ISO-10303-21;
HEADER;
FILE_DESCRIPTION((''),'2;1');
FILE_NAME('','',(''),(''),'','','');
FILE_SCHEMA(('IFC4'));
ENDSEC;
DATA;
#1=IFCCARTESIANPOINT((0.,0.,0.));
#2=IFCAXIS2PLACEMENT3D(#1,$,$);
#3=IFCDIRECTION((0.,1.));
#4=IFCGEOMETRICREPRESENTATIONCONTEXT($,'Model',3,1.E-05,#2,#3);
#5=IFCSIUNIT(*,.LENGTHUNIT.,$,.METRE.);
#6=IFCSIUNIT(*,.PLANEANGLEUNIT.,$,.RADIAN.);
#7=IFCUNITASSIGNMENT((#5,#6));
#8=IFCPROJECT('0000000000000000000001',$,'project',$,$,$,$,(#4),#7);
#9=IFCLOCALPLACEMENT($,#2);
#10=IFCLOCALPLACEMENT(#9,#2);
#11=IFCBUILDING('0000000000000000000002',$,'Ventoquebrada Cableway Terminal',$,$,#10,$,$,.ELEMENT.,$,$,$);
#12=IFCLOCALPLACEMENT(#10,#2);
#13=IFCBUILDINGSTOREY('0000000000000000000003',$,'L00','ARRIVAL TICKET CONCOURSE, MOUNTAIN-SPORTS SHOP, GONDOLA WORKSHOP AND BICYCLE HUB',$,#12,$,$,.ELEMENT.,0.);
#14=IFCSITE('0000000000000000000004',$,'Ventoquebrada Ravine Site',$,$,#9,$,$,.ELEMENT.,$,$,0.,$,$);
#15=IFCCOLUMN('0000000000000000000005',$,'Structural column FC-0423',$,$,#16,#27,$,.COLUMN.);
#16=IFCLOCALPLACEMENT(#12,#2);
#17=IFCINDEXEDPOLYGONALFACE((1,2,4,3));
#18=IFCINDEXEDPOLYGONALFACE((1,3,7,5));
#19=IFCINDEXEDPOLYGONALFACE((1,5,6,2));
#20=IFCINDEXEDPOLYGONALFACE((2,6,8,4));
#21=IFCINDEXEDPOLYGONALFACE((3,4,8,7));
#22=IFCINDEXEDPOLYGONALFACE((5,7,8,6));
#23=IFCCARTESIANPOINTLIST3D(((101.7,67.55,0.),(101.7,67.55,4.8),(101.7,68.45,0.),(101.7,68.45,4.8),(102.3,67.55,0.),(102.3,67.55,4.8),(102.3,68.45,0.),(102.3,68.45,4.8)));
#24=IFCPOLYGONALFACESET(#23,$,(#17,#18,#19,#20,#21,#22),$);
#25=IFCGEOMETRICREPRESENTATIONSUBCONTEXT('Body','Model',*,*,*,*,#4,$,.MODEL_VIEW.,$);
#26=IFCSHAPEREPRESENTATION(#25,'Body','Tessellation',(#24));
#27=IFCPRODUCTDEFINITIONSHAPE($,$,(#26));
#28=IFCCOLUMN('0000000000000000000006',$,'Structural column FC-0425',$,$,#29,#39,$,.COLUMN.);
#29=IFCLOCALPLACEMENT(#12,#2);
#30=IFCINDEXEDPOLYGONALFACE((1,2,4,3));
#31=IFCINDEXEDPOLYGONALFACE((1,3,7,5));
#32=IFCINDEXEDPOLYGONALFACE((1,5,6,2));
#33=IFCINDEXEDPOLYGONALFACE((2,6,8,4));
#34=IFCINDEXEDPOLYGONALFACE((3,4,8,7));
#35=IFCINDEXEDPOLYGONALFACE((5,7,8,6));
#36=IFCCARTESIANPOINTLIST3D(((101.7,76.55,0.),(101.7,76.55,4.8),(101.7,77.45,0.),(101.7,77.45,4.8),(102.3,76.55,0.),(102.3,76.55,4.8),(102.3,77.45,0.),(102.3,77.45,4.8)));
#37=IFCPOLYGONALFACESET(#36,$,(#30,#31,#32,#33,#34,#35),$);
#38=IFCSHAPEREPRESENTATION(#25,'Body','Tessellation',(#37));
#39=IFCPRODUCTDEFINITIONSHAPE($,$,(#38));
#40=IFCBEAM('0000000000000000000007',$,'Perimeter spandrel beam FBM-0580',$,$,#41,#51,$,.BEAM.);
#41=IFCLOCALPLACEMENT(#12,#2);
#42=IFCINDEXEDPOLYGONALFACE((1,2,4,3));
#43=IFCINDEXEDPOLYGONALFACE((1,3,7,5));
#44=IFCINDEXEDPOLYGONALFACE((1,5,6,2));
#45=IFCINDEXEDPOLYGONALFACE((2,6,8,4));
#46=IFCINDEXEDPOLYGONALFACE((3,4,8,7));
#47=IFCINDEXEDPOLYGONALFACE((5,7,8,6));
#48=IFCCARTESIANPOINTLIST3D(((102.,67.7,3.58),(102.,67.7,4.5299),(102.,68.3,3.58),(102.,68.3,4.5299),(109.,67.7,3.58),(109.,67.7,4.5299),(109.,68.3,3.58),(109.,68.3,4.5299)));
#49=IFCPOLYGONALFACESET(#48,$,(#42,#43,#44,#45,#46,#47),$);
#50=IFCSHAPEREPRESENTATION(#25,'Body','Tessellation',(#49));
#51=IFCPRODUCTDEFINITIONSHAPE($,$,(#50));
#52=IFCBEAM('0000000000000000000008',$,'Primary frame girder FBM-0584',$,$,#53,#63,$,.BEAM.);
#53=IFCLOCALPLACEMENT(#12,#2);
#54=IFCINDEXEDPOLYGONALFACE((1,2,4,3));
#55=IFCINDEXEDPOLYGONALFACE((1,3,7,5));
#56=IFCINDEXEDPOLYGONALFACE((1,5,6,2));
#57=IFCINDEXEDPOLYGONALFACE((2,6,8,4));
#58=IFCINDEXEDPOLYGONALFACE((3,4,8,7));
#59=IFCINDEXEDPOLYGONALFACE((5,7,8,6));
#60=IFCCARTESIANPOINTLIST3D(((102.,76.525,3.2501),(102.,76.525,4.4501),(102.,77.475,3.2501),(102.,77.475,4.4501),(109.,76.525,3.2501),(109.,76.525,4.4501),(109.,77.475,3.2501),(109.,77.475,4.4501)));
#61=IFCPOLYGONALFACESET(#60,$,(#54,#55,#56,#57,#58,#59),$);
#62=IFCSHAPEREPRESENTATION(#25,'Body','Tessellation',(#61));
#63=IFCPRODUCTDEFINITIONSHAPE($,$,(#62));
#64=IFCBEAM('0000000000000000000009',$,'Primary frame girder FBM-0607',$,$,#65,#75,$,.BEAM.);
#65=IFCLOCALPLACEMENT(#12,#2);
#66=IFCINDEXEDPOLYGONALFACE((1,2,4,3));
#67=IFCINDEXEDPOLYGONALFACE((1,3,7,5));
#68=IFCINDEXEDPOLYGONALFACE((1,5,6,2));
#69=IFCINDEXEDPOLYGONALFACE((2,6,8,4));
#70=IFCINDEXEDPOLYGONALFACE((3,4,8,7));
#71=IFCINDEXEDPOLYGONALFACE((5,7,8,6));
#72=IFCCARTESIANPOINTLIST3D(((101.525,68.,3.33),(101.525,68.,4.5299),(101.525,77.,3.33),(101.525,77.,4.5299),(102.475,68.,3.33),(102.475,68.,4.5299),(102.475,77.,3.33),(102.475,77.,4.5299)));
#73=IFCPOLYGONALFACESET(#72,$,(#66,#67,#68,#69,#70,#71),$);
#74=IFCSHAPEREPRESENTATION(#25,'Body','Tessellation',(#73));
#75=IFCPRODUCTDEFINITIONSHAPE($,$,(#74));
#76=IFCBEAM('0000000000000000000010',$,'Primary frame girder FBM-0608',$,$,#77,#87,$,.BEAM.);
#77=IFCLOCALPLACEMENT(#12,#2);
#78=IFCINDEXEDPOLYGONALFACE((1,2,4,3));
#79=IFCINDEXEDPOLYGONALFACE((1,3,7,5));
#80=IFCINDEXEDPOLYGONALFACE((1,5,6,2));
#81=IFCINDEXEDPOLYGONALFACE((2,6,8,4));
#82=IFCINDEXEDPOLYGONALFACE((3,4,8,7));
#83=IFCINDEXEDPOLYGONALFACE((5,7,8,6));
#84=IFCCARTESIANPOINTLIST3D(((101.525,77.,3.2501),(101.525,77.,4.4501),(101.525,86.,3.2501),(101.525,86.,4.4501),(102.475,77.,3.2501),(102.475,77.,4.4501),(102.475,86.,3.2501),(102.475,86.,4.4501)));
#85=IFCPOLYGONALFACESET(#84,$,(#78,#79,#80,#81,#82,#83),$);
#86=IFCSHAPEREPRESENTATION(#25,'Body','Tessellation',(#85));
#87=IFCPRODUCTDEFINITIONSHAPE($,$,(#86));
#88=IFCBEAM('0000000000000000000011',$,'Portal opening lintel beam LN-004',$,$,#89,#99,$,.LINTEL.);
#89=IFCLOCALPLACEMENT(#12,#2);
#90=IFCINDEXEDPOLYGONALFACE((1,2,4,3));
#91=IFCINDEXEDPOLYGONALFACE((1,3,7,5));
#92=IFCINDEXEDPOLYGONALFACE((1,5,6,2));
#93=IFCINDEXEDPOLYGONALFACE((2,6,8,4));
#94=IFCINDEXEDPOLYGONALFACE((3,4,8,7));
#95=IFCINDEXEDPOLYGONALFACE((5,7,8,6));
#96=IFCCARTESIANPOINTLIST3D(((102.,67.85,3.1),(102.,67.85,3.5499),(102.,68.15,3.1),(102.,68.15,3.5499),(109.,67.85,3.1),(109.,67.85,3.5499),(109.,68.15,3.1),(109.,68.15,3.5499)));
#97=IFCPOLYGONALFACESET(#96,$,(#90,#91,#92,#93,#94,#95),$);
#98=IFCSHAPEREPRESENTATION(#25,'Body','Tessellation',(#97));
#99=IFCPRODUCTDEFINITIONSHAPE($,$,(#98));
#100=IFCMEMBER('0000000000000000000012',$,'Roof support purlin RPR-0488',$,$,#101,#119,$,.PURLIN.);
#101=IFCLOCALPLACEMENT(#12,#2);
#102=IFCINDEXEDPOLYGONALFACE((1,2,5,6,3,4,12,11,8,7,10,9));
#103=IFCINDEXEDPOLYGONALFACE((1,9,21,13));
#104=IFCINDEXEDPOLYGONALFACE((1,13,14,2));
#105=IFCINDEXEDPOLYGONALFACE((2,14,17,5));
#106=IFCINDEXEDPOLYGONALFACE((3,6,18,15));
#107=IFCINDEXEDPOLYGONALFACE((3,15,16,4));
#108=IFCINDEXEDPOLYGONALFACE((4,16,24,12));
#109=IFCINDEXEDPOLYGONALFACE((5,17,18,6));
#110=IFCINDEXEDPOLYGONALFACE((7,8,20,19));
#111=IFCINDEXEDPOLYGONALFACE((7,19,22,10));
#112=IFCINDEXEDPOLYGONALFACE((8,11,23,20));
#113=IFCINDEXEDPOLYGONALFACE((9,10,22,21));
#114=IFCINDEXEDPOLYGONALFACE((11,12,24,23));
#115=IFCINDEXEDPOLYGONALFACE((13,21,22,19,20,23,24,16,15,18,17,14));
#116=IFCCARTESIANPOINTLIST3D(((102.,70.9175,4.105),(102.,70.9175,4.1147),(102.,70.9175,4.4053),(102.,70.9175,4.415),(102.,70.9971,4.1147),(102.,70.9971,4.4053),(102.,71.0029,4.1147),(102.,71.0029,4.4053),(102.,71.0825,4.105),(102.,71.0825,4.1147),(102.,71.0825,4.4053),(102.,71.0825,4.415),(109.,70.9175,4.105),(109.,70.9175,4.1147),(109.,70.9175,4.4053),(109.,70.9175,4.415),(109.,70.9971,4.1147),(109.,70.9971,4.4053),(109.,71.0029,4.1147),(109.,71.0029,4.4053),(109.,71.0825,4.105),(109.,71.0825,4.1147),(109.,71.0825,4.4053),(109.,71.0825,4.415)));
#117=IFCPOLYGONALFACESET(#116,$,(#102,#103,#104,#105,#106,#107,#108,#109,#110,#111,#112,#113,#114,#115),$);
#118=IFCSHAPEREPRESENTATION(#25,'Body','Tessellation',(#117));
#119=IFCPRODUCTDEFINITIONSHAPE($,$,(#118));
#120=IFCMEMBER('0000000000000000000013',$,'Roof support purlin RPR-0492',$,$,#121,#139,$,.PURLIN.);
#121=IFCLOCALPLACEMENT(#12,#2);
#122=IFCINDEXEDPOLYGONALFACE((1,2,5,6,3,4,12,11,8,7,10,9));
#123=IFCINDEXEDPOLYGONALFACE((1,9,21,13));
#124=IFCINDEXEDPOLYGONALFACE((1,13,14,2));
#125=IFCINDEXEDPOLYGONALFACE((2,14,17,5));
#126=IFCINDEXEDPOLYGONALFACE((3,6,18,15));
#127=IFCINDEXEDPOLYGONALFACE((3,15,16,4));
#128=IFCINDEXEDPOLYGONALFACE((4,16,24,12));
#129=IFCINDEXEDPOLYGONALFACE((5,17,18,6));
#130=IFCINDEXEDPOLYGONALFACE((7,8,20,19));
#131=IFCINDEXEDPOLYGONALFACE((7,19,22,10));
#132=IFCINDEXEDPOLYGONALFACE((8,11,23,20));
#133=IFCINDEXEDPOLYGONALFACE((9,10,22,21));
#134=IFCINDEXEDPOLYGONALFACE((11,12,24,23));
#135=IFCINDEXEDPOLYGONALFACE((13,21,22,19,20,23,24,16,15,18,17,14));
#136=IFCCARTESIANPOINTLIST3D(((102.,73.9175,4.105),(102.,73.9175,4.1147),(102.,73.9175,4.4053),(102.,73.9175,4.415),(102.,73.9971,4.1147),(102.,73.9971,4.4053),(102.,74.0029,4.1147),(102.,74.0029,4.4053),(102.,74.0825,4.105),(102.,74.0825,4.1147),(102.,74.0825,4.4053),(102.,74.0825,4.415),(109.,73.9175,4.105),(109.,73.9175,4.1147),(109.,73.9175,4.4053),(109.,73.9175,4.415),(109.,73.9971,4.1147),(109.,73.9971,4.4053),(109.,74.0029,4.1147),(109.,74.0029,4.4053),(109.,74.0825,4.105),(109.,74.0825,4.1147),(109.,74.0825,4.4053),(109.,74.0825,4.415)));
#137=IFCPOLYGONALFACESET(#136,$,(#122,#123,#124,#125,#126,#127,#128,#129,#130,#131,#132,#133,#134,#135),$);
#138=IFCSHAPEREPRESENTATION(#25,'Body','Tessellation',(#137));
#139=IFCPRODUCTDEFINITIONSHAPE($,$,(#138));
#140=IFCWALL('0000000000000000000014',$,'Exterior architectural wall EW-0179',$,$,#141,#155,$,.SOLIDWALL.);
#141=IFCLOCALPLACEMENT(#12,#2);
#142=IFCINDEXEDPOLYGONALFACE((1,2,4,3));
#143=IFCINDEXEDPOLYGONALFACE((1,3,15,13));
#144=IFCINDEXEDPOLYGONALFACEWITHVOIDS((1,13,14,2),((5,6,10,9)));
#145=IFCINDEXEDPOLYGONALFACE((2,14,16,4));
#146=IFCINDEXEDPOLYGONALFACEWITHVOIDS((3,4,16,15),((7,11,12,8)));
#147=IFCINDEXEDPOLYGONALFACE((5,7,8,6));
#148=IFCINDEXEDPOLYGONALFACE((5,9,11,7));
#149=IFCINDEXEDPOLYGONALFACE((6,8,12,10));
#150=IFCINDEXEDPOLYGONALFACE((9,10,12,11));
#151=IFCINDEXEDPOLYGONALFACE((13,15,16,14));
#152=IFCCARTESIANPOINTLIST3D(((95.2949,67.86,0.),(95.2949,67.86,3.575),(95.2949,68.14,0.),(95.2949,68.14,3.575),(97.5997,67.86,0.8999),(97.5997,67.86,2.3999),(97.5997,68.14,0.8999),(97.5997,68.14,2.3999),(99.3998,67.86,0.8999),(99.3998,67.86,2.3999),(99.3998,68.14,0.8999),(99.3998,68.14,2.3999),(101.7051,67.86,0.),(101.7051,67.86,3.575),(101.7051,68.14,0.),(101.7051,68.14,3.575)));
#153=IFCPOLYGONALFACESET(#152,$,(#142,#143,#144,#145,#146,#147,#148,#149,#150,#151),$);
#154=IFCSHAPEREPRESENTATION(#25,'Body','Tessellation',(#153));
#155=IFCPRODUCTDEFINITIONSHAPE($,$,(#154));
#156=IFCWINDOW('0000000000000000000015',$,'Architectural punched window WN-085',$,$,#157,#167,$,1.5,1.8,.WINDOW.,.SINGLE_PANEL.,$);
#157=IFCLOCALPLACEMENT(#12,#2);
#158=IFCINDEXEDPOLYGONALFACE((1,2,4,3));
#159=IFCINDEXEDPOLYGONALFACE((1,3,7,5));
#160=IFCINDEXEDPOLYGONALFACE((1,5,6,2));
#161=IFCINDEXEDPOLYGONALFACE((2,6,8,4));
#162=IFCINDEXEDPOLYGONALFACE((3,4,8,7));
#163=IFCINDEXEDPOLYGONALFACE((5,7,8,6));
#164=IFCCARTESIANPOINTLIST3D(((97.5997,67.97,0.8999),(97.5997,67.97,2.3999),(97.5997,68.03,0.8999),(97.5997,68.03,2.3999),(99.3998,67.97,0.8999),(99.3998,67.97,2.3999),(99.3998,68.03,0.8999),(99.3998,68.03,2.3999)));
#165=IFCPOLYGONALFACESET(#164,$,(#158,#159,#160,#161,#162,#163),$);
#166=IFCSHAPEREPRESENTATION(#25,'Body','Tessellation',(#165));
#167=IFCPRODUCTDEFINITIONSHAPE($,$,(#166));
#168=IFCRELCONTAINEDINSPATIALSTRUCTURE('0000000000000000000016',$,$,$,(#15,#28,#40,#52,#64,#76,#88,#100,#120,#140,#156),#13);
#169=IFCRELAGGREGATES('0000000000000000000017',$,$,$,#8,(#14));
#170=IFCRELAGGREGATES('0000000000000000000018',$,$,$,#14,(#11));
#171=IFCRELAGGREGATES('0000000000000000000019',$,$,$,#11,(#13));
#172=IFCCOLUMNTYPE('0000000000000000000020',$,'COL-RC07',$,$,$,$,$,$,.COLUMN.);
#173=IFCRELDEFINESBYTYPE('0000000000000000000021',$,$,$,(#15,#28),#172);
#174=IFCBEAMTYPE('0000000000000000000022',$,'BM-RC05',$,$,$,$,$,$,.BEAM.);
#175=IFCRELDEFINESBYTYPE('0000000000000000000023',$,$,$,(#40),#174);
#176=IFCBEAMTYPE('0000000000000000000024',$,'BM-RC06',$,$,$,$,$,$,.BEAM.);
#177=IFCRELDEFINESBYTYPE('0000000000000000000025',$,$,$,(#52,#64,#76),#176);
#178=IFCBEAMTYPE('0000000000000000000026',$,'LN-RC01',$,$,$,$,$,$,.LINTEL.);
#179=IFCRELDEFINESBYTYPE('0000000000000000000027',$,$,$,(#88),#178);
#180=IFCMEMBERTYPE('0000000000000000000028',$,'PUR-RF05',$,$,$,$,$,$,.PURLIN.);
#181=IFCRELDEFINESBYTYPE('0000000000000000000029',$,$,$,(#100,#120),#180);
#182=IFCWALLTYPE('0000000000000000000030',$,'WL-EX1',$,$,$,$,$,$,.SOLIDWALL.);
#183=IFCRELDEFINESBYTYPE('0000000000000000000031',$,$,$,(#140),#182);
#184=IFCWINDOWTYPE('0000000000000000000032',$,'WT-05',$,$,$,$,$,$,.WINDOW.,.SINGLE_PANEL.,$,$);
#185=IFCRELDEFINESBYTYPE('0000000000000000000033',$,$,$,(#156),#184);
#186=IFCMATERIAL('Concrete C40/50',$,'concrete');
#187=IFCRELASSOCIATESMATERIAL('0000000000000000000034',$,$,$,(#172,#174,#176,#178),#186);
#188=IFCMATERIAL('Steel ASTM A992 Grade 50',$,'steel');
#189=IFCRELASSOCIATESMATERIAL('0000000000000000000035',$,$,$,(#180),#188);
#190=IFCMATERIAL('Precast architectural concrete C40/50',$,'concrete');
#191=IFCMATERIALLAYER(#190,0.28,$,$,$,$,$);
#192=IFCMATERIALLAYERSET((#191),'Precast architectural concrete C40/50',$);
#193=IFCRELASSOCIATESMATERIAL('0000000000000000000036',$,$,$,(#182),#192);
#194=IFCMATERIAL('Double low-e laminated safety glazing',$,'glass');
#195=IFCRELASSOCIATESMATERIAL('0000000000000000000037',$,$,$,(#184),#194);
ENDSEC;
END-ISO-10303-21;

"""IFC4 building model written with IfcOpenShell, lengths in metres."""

from ifc_helpers import new_model, si_unit, direction, frame, frame_2d, origin, origin_2d, place, context, subcontext, project, spatial, rectangle, i_section, extrude, material, layer, layer_set, material_profile, profile_set, type_object, element, fill, save


model = new_model("IFC4")

# Units and contexts
model_context = context("Model", 3, precision=1e-05, world=origin(), true_north=direction((0.0, 1.0)))
body_context = subcontext(model_context, "Body", "Model", "MODEL_VIEW")
ifc_project = project(units=[si_unit("LENGTHUNIT", "METRE"), si_unit("PLANEANGLEUNIT", "RADIAN")], contexts=[model_context])

# Site, building, storey
site_placement = place(None, origin())
site = spatial("IfcSite", under=ifc_project, at=site_placement, Name="Ventoquebrada Ravine Site", CompositionType="ELEMENT", RefElevation=0.0)
building_placement = place(site_placement, origin())
building = spatial("IfcBuilding", under=site, at=building_placement, Name="Ventoquebrada Cableway Terminal", CompositionType="ELEMENT")
storey_placement = place(building_placement, origin())
storey = spatial("IfcBuildingStorey", under=building, at=storey_placement, Name="L00", Description="ARRIVAL TICKET CONCOURSE, MOUNTAIN-SPORTS SHOP, GONDOLA WORKSHOP AND BICYCLE HUB", CompositionType="ELEMENT", Elevation=0.0)

# Columns
ifc_material_1 = material(Name="Concrete C40/50", Category="concrete")
ifc_material_profile_1 = material_profile(ifc_material_1, rectangle(XDim=0.6001, YDim=0.8999, at=origin_2d()), Name="RC-COL-900X600")
ifc_profile_set_1 = profile_set([ifc_material_profile_1], Name="Concrete C40/50")
column_type = type_object("IfcColumnType", Name="COL-RC07", PredefinedType="COLUMN", material=ifc_profile_set_1)
for number, where, z_axis, x_axis, name in (
    (1, (102.0, 68.0, 0.0), (0.0, 0.0, 1.0), (1.0, 0.0, 0.0), "Structural column FC-0423"),
    (2, (102.0, 77.0, 0.0), (0.0, 0.0, 1.0), (1.0, 0.0, 0.0), "Structural column FC-0425"),
):
    element("IfcColumn", number, at=place(storey_placement, frame(where, z_axis=z_axis, x_axis=x_axis)), inside=storey, type_object=column_type, Name=name, PredefinedType="COLUMN", context=body_context, shape_type="SweptSolid", body=[
        extrude(rectangle(XDim=0.6001, YDim=0.8999, at=origin_2d()), origin(), (0.0, 0.0, 1.0), 4.8),
    ])

# Beams
ifc_material_profile_2 = material_profile(ifc_material_1, rectangle(XDim=0.6001, YDim=0.95, at=origin_2d()), Name="RC-BM-600X950")
ifc_profile_set_2 = profile_set([ifc_material_profile_2], Name="Concrete C40/50")
beam_type_1 = type_object("IfcBeamType", Name="BM-RC05", PredefinedType="BEAM", material=ifc_profile_set_2)
beam_1_placement = place(storey_placement, frame((102.0, 68.0, 4.0549), z_axis=(1.0, 0.0, 0.0), x_axis=(0.0, 1.0, 0.0)))
element("IfcBeam", 3, at=beam_1_placement, inside=storey, type_object=beam_type_1, Name="Perimeter spandrel beam FBM-0580", PredefinedType="BEAM", context=body_context, shape_type="SweptSolid", body=[
    extrude(rectangle(XDim=0.6001, YDim=0.95, at=origin_2d()), origin(), (0.0, 0.0, 1.0), 7.0),
])
ifc_material_profile_3 = material_profile(ifc_material_1, rectangle(XDim=0.95, YDim=1.2, at=origin_2d()), Name="RC-BM-950X1200")
ifc_profile_set_3 = profile_set([ifc_material_profile_3], Name="Concrete C40/50")
beam_type_2 = type_object("IfcBeamType", Name="BM-RC06", PredefinedType="BEAM", material=ifc_profile_set_3)
beam_2_placement = place(storey_placement, frame((102.0, 77.0, 3.8501), z_axis=(1.0, 0.0, 0.0), x_axis=(0.0, 1.0, 0.0)))
element("IfcBeam", 4, at=beam_2_placement, inside=storey, type_object=beam_type_2, Name="Primary frame girder FBM-0584", PredefinedType="BEAM", context=body_context, shape_type="SweptSolid", body=[
    extrude(rectangle(XDim=0.95, YDim=1.2, at=origin_2d()), origin(), (0.0, 0.0, 1.0), 7.0),
])
for number, where, z_axis, x_axis, name in (
    (5, (102.0, 68.0, 3.9299), (0.0, 1.0, 0.0), (-1.0, 0.0, 0.0), "Primary frame girder FBM-0607"),
    (6, (102.0, 77.0, 3.8501), (0.0, 1.0, 0.0), (-1.0, 0.0, 0.0), "Primary frame girder FBM-0608"),
):
    element("IfcBeam", number, at=place(storey_placement, frame(where, z_axis=z_axis, x_axis=x_axis)), inside=storey, type_object=beam_type_2, Name=name, PredefinedType="BEAM", context=body_context, shape_type="SweptSolid", body=[
        extrude(rectangle(XDim=0.95, YDim=1.2, at=origin_2d()), origin(), (0.0, 0.0, 1.0), 9.0),
    ])
ifc_material_profile_4 = material_profile(ifc_material_1, rectangle(XDim=0.3, YDim=0.45, at=origin_2d()), Name="RC-LNT-300X450")
ifc_profile_set_4 = profile_set([ifc_material_profile_4], Name="Concrete C40/50")
beam_type_3 = type_object("IfcBeamType", Name="LN-RC01", PredefinedType="LINTEL", material=ifc_profile_set_4)
beam_3_placement = place(storey_placement, frame((102.0, 68.0, 3.325), z_axis=(1.0, 0.0, 0.0), x_axis=(0.0, 1.0, 0.0)))
element("IfcBeam", 7, at=beam_3_placement, inside=storey, type_object=beam_type_3, Name="Portal opening lintel beam LN-004", PredefinedType="LINTEL", context=body_context, shape_type="SweptSolid", body=[
    extrude(rectangle(XDim=0.3, YDim=0.45, at=origin_2d()), origin(), (0.0, 0.0, 1.0), 7.0),
])

# Members
ifc_material_2 = material(Name="Steel ASTM A992 Grade 50", Category="steel")
ifc_material_profile_5 = material_profile(ifc_material_2, i_section(OverallWidth=0.165, OverallDepth=0.3101, WebThickness=0.0059, FlangeThickness=0.0098, at=origin_2d()), Name="W12X26")
ifc_profile_set_5 = profile_set([ifc_material_profile_5], Name="Steel ASTM A992 Grade 50")
member_type = type_object("IfcMemberType", Name="PUR-RF05", PredefinedType="PURLIN", material=ifc_profile_set_5)
for number, where, z_axis, x_axis, name in (
    (8, (102.0, 71.0, 4.26), (1.0, 0.0, 0.0), (0.0, 1.0, 0.0), "Roof support purlin RPR-0488"),
    (9, (102.0, 74.0, 4.26), (1.0, 0.0, 0.0), (0.0, 1.0, 0.0), "Roof support purlin RPR-0492"),
):
    element("IfcMember", number, at=place(storey_placement, frame(where, z_axis=z_axis, x_axis=x_axis)), inside=storey, type_object=member_type, Name=name, PredefinedType="PURLIN", context=body_context, shape_type="SweptSolid", body=[
        extrude(i_section(OverallWidth=0.165, OverallDepth=0.3101, WebThickness=0.0059, FlangeThickness=0.0098, at=origin_2d()), origin(), (0.0, 0.0, 1.0), 7.0),
    ])

# Wall, opening, window
ifc_material_3 = material(Name="Precast architectural concrete C40/50", Category="concrete")
ifc_layer_1 = layer(ifc_material_3, 0.28)
ifc_layer_set_1 = layer_set([ifc_layer_1], Name="Precast architectural concrete C40/50")
wall_type_1 = type_object("IfcWallType", Name="WL-EX1", PredefinedType="SOLIDWALL", material=ifc_layer_set_1)
wall_1_placement = place(storey_placement, frame((95.2949, 68.0, 0.0), z_axis=(0.0, 0.0, 1.0), x_axis=(1.0, 0.0, 0.0)))
wall_1 = element("IfcWall", 10, at=wall_1_placement, inside=storey, type_object=wall_type_1, Name="Exterior architectural wall EW-0179", PredefinedType="SOLIDWALL", context=body_context, shape_type="SweptSolid", body=[
    extrude(rectangle(XDim=6.4102, YDim=0.28, at=frame_2d((3.2051, 0.0))), origin(), (0.0, 0.0, 1.0), 3.575),
])
opening_1_placement = place(wall_1_placement, frame((2.3049, 0.0, 0.8999)))
opening_1 = element("IfcOpeningElement", 11, at=opening_1_placement, cuts=wall_1, PredefinedType="OPENING", context=body_context, shape_type="SweptSolid", body=[
    extrude(rectangle(XDim=1.8, YDim=1.5, at=frame_2d((0.8999, 0.75))), frame((0.0, 0.1499, 0.0), z_axis=(0.0, -1.0, 0.0), x_axis=(1.0, 0.0, 0.0)), (0.0, 0.0, 1.0), 0.3),
])
ifc_material_4 = material(Name="Double low-e laminated safety glazing", Category="glass")
window_type_1 = type_object("IfcWindowType", Name="WT-05", PartitioningType="SINGLE_PANEL", PredefinedType="WINDOW", material=ifc_material_4)
window_1_placement = place(opening_1_placement, origin())
window_1 = element("IfcWindow", 12, at=window_1_placement, inside=storey, type_object=window_type_1, Name="Architectural punched window WN-085", OverallHeight=1.5, OverallWidth=1.8, PartitioningType="SINGLE_PANEL", PredefinedType="WINDOW", context=body_context, shape_type="SweptSolid", body=[
    extrude(rectangle(XDim=1.8, YDim=1.5, at=frame_2d((0.8999, 0.75))), frame((0.0, 0.03, 0.0), z_axis=(0.0, -1.0, 0.0), x_axis=(1.0, 0.0, 0.0)), (0.0, 0.0, 1.0), 0.0601),
])
fill(opening_1, window_1)

save(model, "model.ifc")
